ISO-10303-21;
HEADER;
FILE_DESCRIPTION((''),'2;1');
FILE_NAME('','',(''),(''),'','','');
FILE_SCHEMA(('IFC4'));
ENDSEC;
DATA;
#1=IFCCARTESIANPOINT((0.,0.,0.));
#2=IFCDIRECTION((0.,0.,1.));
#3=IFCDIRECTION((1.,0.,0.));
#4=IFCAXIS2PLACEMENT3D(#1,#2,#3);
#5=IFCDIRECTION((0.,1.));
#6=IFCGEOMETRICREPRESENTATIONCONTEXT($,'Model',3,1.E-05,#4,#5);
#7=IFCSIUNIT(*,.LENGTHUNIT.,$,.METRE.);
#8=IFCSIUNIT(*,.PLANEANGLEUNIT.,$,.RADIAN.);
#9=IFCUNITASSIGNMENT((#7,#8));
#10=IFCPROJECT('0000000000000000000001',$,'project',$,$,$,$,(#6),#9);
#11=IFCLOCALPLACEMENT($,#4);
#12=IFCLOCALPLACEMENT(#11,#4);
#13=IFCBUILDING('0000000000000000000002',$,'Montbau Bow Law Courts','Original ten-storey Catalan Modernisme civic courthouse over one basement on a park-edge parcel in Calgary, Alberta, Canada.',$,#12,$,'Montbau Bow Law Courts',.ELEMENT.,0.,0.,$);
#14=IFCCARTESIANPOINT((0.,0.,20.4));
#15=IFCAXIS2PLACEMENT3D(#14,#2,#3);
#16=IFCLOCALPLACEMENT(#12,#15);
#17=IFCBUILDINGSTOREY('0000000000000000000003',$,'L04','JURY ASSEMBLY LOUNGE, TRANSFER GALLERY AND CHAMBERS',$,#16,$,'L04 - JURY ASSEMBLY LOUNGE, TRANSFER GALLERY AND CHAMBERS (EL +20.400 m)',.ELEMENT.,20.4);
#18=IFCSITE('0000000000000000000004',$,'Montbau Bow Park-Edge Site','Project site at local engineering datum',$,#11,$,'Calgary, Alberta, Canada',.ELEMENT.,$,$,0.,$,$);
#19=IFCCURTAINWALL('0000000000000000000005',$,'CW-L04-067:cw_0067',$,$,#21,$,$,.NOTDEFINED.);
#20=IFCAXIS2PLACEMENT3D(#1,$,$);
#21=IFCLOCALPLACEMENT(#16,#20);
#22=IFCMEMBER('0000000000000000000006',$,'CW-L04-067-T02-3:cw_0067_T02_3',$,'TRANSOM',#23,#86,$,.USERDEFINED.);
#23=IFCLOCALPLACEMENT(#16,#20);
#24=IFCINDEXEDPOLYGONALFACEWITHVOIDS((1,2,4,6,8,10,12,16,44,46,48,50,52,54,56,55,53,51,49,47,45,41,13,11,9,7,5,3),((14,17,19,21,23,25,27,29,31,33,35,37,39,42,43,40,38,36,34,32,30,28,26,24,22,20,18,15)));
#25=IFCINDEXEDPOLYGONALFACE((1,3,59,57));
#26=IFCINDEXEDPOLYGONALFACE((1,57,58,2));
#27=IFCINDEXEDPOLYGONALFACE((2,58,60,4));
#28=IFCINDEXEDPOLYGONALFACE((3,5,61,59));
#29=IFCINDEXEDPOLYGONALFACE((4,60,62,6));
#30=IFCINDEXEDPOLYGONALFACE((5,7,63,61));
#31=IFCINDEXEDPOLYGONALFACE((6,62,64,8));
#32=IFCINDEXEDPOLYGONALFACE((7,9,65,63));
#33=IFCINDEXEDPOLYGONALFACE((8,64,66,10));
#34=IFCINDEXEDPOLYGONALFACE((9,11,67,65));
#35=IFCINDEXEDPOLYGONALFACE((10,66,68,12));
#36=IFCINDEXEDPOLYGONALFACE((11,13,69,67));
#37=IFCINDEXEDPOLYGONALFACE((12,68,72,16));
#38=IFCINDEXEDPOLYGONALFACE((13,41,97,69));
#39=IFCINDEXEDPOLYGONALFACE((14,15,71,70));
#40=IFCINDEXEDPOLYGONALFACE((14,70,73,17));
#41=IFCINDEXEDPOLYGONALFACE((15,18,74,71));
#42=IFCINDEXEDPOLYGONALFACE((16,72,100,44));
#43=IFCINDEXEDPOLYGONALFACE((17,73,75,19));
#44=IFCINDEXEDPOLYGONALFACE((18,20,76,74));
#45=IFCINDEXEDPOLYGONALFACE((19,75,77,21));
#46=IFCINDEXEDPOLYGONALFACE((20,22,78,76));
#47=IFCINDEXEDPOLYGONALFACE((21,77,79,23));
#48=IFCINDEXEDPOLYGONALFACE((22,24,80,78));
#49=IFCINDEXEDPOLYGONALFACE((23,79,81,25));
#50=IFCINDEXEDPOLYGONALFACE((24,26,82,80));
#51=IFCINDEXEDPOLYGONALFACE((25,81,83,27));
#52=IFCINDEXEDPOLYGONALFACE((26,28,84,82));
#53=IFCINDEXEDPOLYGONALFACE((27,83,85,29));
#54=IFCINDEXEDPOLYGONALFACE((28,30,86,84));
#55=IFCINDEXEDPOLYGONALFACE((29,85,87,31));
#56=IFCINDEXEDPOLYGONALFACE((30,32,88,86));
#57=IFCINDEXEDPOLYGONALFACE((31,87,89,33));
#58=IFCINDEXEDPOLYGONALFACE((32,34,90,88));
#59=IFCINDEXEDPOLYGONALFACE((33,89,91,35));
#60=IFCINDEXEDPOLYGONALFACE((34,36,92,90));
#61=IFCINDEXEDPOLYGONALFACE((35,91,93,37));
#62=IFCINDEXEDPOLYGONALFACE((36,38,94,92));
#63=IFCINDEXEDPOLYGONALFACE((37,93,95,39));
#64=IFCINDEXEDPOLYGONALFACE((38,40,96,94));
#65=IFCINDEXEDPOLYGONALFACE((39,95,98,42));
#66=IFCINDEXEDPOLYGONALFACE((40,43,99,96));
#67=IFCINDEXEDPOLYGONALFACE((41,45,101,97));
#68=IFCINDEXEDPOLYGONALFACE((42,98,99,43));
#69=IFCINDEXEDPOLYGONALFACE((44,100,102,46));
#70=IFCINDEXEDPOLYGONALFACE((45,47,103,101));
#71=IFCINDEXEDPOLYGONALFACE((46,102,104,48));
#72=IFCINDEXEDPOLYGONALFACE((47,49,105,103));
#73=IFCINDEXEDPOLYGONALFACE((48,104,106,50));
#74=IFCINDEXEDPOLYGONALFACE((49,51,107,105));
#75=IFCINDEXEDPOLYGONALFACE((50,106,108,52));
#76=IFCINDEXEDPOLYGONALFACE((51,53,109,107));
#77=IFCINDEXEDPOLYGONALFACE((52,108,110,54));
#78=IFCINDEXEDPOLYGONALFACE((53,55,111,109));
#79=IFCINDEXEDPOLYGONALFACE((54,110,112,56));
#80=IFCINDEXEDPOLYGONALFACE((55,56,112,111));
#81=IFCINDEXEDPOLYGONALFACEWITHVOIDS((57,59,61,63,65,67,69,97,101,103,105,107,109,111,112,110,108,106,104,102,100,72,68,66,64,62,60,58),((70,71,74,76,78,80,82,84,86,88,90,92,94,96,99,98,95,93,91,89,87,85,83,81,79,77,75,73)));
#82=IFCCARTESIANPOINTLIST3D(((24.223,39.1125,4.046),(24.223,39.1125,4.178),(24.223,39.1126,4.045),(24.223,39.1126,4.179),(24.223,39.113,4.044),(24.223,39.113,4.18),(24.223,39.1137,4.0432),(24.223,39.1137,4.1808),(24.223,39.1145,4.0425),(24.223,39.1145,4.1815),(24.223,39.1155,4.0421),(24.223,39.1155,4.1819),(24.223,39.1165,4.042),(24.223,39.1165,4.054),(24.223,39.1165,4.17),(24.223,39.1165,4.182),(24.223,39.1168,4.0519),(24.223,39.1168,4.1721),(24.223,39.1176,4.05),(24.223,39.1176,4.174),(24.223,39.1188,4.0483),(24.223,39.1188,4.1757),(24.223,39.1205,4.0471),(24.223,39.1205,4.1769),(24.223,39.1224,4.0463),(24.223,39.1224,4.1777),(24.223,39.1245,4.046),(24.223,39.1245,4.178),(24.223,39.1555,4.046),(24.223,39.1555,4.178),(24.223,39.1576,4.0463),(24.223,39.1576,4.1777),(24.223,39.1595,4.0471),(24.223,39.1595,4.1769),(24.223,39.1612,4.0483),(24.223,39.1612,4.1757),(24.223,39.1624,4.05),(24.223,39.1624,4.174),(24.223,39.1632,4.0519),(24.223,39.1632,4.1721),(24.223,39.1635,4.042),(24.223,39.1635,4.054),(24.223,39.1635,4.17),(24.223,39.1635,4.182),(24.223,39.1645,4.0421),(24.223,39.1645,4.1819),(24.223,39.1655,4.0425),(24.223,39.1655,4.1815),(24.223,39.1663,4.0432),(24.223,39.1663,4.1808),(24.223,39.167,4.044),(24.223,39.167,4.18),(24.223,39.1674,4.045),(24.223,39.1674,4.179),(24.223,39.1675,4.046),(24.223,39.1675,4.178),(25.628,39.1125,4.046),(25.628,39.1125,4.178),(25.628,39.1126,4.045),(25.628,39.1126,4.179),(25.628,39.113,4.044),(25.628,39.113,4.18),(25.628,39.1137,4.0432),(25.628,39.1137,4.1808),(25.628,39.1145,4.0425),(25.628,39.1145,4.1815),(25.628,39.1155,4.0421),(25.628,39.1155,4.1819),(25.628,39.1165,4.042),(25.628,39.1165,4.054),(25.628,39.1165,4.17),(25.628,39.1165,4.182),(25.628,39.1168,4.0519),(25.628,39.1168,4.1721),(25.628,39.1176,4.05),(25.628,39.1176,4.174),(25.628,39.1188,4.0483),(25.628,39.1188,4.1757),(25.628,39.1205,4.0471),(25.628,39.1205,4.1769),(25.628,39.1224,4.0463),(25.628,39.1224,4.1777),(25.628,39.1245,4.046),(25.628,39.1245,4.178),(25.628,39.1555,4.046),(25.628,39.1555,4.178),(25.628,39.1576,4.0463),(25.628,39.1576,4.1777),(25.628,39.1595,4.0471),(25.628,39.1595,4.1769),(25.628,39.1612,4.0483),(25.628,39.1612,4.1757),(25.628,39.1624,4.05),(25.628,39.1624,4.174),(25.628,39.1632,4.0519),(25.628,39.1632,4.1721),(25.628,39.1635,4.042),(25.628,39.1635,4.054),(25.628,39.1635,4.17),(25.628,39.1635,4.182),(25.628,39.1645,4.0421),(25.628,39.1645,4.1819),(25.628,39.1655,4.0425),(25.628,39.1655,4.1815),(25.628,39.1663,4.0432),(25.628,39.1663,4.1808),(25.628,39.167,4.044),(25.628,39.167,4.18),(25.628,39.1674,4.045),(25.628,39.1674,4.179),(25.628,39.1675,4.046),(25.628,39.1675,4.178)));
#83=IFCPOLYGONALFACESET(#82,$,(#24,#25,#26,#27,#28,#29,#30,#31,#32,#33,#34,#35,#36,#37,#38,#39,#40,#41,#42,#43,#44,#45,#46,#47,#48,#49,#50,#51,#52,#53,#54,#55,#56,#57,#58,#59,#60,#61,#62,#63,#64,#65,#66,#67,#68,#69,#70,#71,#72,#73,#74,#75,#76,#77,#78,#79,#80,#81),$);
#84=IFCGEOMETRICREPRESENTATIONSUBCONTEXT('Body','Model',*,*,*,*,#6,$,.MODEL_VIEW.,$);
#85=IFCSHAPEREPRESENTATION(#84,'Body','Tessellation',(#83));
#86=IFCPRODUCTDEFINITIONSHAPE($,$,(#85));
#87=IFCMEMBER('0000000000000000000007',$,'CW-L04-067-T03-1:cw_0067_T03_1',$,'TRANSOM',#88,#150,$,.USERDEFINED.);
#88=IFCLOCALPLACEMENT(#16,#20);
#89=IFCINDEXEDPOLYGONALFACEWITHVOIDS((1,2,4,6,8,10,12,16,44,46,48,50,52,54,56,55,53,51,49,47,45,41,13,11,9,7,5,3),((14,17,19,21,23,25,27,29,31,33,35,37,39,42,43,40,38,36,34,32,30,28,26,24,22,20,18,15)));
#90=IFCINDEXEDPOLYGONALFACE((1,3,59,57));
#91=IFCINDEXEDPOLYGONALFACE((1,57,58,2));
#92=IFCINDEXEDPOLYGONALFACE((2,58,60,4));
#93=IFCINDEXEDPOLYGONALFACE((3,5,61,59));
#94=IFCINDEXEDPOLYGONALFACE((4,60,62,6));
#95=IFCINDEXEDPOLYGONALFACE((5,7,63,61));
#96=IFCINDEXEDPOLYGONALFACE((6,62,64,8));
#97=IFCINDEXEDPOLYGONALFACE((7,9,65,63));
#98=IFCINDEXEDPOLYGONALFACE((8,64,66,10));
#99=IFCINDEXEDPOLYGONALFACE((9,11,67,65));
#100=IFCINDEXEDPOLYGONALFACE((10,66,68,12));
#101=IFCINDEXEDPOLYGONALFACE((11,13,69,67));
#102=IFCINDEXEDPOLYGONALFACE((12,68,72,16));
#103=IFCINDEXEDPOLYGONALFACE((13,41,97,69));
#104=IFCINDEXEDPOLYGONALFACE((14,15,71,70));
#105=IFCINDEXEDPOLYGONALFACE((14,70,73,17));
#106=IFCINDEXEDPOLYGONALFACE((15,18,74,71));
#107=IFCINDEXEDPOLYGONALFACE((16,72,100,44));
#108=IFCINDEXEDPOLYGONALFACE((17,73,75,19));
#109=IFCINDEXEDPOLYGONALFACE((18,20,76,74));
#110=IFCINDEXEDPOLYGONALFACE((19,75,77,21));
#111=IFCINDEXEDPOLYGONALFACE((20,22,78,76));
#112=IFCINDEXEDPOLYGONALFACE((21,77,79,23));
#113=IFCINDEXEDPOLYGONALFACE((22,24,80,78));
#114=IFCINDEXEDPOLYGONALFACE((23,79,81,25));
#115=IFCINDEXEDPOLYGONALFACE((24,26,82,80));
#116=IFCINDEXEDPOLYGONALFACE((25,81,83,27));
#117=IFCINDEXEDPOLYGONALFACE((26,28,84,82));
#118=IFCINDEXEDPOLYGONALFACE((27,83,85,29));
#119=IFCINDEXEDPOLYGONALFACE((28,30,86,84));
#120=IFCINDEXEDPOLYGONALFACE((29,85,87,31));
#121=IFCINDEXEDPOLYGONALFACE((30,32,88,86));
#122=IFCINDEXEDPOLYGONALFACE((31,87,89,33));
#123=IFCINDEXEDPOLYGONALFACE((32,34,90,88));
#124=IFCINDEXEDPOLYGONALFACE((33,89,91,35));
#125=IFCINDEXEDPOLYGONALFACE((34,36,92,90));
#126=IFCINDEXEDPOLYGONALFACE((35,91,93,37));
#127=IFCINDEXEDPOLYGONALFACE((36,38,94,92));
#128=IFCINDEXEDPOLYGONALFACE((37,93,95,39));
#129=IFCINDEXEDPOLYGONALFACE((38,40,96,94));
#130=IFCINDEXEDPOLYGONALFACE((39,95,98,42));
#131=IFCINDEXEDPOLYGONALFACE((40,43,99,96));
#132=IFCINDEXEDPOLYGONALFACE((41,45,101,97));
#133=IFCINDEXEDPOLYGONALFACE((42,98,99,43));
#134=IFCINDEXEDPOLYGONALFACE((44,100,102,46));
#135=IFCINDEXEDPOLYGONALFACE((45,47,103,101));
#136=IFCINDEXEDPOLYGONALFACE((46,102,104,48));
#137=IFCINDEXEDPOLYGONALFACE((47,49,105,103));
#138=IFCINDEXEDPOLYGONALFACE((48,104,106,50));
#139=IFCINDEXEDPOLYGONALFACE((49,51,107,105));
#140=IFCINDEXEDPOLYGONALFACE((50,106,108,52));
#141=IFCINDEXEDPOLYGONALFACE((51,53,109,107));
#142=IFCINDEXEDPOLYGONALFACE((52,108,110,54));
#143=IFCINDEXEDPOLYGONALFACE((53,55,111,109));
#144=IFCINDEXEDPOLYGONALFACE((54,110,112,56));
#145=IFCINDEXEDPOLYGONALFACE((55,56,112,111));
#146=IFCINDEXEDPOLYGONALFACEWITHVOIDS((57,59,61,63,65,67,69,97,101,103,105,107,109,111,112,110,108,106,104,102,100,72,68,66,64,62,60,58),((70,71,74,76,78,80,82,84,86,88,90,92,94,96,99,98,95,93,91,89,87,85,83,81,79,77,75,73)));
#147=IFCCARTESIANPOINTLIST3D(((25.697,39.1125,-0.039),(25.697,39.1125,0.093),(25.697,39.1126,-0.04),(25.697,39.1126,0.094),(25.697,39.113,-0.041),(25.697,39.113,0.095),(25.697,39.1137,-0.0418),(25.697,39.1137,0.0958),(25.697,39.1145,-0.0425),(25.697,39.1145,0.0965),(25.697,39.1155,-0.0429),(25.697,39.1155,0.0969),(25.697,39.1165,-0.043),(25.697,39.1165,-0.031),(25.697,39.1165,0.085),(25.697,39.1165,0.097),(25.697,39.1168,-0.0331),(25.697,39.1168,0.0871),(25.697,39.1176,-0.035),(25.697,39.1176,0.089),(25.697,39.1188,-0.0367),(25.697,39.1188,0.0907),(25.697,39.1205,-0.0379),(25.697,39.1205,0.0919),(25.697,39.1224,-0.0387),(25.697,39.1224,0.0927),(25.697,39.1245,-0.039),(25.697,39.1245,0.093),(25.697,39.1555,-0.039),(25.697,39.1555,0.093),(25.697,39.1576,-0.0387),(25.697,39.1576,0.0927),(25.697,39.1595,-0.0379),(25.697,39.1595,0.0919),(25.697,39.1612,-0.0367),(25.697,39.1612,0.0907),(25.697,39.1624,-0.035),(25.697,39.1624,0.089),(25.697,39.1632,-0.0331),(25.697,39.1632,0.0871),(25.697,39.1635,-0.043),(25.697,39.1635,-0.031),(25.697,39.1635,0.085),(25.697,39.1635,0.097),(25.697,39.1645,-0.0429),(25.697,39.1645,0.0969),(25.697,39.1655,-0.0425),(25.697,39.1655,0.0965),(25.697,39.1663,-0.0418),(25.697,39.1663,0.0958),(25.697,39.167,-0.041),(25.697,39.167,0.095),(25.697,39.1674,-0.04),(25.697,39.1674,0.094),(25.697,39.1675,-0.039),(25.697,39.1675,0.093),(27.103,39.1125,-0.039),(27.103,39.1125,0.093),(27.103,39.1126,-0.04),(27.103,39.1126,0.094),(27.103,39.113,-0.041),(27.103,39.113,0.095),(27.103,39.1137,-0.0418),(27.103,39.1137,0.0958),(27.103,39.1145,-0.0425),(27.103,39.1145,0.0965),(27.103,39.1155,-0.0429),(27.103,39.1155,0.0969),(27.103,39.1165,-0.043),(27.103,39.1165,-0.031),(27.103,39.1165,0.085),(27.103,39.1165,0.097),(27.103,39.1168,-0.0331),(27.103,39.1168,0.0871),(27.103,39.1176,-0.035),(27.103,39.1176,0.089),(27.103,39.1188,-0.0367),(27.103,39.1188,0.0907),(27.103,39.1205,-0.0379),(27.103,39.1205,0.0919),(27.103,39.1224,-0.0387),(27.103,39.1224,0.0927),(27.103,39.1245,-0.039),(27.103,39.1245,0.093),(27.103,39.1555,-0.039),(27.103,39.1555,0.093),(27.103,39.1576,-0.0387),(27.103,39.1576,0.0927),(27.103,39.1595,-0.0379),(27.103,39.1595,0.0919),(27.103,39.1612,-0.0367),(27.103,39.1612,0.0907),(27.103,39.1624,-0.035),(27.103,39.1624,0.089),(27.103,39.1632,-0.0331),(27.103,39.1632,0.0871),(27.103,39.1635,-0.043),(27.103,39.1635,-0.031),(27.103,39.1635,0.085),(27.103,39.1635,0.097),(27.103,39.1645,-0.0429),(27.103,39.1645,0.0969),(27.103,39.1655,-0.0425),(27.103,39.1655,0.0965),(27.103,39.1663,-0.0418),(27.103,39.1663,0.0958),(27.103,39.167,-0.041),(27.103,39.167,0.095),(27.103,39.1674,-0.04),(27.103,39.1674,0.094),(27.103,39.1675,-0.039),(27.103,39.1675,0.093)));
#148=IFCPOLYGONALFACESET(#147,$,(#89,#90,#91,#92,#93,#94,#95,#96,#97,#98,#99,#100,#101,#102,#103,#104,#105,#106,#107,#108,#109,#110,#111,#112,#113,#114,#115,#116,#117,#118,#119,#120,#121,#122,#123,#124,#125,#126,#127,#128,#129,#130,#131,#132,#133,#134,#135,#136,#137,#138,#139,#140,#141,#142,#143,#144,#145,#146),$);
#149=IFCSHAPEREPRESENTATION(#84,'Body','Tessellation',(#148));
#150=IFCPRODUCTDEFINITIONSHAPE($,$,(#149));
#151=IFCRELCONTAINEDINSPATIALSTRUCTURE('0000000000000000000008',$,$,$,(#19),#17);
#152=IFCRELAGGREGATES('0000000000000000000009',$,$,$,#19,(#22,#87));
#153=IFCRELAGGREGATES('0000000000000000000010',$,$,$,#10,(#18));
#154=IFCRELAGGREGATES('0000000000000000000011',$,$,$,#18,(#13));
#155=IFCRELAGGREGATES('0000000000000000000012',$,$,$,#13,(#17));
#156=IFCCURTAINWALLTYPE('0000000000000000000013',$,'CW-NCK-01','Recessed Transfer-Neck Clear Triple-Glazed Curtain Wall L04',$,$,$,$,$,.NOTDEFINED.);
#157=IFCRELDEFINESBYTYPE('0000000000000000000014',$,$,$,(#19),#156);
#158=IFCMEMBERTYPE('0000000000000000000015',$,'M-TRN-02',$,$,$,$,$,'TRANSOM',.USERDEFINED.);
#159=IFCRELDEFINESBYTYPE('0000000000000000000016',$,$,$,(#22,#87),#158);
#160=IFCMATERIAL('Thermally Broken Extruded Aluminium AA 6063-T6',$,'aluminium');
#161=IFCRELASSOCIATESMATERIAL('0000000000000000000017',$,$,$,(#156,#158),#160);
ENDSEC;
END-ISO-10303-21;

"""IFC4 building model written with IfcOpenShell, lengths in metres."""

from ifc_helpers import new_model, si_unit, direction, frame, origin_with_axes, origin_2d_with_axis, place, context, subcontext, project, spatial, hollow_rectangle, extrude, material, material_profile, profile_set, type_object, element, aggregate, save


model = new_model("IFC4")

# Units and contexts
model_context = context("Model", 3, precision=1e-05, world=origin_with_axes(), true_north=direction((0.0, 1.0)))
body_context = subcontext(model_context, "Body", "Model", "MODEL_VIEW")
ifc_project = project(units=[si_unit("LENGTHUNIT", "METRE"), si_unit("PLANEANGLEUNIT", "RADIAN")], contexts=[model_context])

# Site, building, storey
site_placement = place(None, origin_with_axes())
site = spatial("IfcSite", under=ifc_project, at=site_placement, Name="Montbau Bow Park-Edge Site", Description="Project site at local engineering datum", LongName="Calgary, Alberta, Canada", CompositionType="ELEMENT", RefElevation=0.0)
building_placement = place(site_placement, origin_with_axes())
building = spatial("IfcBuilding", under=site, at=building_placement, Name="Montbau Bow Law Courts", Description="Original ten-storey Catalan Modernisme civic courthouse over one basement on a park-edge parcel in Calgary, Alberta, Canada.", LongName="Montbau Bow Law Courts", CompositionType="ELEMENT", ElevationOfRefHeight=0.0, ElevationOfTerrain=0.0)
storey_placement = place(building_placement, frame((0.0, 0.0, 20.4), z_axis=(0.0, 0.0, 1.0), x_axis=(1.0, 0.0, 0.0)))
storey = spatial("IfcBuildingStorey", under=building, at=storey_placement, Name="L04", Description="JURY ASSEMBLY LOUNGE, TRANSFER GALLERY AND CHAMBERS", LongName="L04 - JURY ASSEMBLY LOUNGE, TRANSFER GALLERY AND CHAMBERS (EL +20.400 m)", CompositionType="ELEMENT", Elevation=20.4)

# Curtain wall, members
ifc_material_1 = material(Name="Thermally Broken Extruded Aluminium AA 6063-T6", Category="aluminium")
curtain_wall_type = type_object("IfcCurtainWallType", Name="CW-NCK-01", Description="Recessed Transfer-Neck Clear Triple-Glazed Curtain Wall L04", PredefinedType="NOTDEFINED", material=ifc_material_1)
curtain_wall_placement = place(None, frame((22.715, 39.14, 20.4), z_axis=(0.0, 0.0, 1.0), x_axis=(1.0, 0.0, 0.0)))
curtain_wall = element("IfcCurtainWall", 1, at=curtain_wall_placement, inside=storey, type_object=curtain_wall_type, Name="CW-L04-067:cw_0067", PredefinedType="NOTDEFINED")
ifc_material_profile_1 = material_profile(ifc_material_1, hollow_rectangle(XDim=0.055, YDim=0.14, WallThickness=0.004, InnerFilletRadius=0.008, OuterFilletRadius=0.004, at=origin_2d_with_axis()), Name="CWT-140X55", Category="Main", Priority=0)
ifc_profile_set_1 = profile_set([ifc_material_profile_1], Name="Thermally Broken Extruded Aluminium AA 6063-T6")
member_type_1 = type_object("IfcMemberType", Name="M-TRN-02", ElementType="TRANSOM", PredefinedType="USERDEFINED", material=ifc_profile_set_1)
member_1_placement = place(None, frame((24.223, 39.14, 24.512), z_axis=(1.0, 0.0, 0.0), x_axis=(0.0, 1.0, 0.0)))
member_1 = element("IfcMember", 2, at=member_1_placement, type_object=member_type_1, Name="CW-L04-067-T02-3:cw_0067_T02_3", ObjectType="TRANSOM", PredefinedType="USERDEFINED", context=body_context, shape_type="SweptSolid", body=[
    extrude(hollow_rectangle(XDim=0.055, YDim=0.14, WallThickness=0.004, InnerFilletRadius=0.008, OuterFilletRadius=0.004, at=origin_2d_with_axis()), origin_with_axes(), (0.0, 0.0, 1.0), 1.405),
])
member_2_placement = place(None, frame((25.697, 39.14, 20.427), z_axis=(1.0, 0.0, 0.0), x_axis=(0.0, 1.0, 0.0)))
member_2 = element("IfcMember", 3, at=member_2_placement, type_object=member_type_1, Name="CW-L04-067-T03-1:cw_0067_T03_1", ObjectType="TRANSOM", PredefinedType="USERDEFINED", context=body_context, shape_type="SweptSolid", body=[
    extrude(hollow_rectangle(XDim=0.055, YDim=0.14, WallThickness=0.004, InnerFilletRadius=0.008, OuterFilletRadius=0.004, at=origin_2d_with_axis()), origin_with_axes(), (0.0, 0.0, 1.0), 1.406),
])
aggregate(curtain_wall, [member_1, member_2])

save(model, "model.ifc")
